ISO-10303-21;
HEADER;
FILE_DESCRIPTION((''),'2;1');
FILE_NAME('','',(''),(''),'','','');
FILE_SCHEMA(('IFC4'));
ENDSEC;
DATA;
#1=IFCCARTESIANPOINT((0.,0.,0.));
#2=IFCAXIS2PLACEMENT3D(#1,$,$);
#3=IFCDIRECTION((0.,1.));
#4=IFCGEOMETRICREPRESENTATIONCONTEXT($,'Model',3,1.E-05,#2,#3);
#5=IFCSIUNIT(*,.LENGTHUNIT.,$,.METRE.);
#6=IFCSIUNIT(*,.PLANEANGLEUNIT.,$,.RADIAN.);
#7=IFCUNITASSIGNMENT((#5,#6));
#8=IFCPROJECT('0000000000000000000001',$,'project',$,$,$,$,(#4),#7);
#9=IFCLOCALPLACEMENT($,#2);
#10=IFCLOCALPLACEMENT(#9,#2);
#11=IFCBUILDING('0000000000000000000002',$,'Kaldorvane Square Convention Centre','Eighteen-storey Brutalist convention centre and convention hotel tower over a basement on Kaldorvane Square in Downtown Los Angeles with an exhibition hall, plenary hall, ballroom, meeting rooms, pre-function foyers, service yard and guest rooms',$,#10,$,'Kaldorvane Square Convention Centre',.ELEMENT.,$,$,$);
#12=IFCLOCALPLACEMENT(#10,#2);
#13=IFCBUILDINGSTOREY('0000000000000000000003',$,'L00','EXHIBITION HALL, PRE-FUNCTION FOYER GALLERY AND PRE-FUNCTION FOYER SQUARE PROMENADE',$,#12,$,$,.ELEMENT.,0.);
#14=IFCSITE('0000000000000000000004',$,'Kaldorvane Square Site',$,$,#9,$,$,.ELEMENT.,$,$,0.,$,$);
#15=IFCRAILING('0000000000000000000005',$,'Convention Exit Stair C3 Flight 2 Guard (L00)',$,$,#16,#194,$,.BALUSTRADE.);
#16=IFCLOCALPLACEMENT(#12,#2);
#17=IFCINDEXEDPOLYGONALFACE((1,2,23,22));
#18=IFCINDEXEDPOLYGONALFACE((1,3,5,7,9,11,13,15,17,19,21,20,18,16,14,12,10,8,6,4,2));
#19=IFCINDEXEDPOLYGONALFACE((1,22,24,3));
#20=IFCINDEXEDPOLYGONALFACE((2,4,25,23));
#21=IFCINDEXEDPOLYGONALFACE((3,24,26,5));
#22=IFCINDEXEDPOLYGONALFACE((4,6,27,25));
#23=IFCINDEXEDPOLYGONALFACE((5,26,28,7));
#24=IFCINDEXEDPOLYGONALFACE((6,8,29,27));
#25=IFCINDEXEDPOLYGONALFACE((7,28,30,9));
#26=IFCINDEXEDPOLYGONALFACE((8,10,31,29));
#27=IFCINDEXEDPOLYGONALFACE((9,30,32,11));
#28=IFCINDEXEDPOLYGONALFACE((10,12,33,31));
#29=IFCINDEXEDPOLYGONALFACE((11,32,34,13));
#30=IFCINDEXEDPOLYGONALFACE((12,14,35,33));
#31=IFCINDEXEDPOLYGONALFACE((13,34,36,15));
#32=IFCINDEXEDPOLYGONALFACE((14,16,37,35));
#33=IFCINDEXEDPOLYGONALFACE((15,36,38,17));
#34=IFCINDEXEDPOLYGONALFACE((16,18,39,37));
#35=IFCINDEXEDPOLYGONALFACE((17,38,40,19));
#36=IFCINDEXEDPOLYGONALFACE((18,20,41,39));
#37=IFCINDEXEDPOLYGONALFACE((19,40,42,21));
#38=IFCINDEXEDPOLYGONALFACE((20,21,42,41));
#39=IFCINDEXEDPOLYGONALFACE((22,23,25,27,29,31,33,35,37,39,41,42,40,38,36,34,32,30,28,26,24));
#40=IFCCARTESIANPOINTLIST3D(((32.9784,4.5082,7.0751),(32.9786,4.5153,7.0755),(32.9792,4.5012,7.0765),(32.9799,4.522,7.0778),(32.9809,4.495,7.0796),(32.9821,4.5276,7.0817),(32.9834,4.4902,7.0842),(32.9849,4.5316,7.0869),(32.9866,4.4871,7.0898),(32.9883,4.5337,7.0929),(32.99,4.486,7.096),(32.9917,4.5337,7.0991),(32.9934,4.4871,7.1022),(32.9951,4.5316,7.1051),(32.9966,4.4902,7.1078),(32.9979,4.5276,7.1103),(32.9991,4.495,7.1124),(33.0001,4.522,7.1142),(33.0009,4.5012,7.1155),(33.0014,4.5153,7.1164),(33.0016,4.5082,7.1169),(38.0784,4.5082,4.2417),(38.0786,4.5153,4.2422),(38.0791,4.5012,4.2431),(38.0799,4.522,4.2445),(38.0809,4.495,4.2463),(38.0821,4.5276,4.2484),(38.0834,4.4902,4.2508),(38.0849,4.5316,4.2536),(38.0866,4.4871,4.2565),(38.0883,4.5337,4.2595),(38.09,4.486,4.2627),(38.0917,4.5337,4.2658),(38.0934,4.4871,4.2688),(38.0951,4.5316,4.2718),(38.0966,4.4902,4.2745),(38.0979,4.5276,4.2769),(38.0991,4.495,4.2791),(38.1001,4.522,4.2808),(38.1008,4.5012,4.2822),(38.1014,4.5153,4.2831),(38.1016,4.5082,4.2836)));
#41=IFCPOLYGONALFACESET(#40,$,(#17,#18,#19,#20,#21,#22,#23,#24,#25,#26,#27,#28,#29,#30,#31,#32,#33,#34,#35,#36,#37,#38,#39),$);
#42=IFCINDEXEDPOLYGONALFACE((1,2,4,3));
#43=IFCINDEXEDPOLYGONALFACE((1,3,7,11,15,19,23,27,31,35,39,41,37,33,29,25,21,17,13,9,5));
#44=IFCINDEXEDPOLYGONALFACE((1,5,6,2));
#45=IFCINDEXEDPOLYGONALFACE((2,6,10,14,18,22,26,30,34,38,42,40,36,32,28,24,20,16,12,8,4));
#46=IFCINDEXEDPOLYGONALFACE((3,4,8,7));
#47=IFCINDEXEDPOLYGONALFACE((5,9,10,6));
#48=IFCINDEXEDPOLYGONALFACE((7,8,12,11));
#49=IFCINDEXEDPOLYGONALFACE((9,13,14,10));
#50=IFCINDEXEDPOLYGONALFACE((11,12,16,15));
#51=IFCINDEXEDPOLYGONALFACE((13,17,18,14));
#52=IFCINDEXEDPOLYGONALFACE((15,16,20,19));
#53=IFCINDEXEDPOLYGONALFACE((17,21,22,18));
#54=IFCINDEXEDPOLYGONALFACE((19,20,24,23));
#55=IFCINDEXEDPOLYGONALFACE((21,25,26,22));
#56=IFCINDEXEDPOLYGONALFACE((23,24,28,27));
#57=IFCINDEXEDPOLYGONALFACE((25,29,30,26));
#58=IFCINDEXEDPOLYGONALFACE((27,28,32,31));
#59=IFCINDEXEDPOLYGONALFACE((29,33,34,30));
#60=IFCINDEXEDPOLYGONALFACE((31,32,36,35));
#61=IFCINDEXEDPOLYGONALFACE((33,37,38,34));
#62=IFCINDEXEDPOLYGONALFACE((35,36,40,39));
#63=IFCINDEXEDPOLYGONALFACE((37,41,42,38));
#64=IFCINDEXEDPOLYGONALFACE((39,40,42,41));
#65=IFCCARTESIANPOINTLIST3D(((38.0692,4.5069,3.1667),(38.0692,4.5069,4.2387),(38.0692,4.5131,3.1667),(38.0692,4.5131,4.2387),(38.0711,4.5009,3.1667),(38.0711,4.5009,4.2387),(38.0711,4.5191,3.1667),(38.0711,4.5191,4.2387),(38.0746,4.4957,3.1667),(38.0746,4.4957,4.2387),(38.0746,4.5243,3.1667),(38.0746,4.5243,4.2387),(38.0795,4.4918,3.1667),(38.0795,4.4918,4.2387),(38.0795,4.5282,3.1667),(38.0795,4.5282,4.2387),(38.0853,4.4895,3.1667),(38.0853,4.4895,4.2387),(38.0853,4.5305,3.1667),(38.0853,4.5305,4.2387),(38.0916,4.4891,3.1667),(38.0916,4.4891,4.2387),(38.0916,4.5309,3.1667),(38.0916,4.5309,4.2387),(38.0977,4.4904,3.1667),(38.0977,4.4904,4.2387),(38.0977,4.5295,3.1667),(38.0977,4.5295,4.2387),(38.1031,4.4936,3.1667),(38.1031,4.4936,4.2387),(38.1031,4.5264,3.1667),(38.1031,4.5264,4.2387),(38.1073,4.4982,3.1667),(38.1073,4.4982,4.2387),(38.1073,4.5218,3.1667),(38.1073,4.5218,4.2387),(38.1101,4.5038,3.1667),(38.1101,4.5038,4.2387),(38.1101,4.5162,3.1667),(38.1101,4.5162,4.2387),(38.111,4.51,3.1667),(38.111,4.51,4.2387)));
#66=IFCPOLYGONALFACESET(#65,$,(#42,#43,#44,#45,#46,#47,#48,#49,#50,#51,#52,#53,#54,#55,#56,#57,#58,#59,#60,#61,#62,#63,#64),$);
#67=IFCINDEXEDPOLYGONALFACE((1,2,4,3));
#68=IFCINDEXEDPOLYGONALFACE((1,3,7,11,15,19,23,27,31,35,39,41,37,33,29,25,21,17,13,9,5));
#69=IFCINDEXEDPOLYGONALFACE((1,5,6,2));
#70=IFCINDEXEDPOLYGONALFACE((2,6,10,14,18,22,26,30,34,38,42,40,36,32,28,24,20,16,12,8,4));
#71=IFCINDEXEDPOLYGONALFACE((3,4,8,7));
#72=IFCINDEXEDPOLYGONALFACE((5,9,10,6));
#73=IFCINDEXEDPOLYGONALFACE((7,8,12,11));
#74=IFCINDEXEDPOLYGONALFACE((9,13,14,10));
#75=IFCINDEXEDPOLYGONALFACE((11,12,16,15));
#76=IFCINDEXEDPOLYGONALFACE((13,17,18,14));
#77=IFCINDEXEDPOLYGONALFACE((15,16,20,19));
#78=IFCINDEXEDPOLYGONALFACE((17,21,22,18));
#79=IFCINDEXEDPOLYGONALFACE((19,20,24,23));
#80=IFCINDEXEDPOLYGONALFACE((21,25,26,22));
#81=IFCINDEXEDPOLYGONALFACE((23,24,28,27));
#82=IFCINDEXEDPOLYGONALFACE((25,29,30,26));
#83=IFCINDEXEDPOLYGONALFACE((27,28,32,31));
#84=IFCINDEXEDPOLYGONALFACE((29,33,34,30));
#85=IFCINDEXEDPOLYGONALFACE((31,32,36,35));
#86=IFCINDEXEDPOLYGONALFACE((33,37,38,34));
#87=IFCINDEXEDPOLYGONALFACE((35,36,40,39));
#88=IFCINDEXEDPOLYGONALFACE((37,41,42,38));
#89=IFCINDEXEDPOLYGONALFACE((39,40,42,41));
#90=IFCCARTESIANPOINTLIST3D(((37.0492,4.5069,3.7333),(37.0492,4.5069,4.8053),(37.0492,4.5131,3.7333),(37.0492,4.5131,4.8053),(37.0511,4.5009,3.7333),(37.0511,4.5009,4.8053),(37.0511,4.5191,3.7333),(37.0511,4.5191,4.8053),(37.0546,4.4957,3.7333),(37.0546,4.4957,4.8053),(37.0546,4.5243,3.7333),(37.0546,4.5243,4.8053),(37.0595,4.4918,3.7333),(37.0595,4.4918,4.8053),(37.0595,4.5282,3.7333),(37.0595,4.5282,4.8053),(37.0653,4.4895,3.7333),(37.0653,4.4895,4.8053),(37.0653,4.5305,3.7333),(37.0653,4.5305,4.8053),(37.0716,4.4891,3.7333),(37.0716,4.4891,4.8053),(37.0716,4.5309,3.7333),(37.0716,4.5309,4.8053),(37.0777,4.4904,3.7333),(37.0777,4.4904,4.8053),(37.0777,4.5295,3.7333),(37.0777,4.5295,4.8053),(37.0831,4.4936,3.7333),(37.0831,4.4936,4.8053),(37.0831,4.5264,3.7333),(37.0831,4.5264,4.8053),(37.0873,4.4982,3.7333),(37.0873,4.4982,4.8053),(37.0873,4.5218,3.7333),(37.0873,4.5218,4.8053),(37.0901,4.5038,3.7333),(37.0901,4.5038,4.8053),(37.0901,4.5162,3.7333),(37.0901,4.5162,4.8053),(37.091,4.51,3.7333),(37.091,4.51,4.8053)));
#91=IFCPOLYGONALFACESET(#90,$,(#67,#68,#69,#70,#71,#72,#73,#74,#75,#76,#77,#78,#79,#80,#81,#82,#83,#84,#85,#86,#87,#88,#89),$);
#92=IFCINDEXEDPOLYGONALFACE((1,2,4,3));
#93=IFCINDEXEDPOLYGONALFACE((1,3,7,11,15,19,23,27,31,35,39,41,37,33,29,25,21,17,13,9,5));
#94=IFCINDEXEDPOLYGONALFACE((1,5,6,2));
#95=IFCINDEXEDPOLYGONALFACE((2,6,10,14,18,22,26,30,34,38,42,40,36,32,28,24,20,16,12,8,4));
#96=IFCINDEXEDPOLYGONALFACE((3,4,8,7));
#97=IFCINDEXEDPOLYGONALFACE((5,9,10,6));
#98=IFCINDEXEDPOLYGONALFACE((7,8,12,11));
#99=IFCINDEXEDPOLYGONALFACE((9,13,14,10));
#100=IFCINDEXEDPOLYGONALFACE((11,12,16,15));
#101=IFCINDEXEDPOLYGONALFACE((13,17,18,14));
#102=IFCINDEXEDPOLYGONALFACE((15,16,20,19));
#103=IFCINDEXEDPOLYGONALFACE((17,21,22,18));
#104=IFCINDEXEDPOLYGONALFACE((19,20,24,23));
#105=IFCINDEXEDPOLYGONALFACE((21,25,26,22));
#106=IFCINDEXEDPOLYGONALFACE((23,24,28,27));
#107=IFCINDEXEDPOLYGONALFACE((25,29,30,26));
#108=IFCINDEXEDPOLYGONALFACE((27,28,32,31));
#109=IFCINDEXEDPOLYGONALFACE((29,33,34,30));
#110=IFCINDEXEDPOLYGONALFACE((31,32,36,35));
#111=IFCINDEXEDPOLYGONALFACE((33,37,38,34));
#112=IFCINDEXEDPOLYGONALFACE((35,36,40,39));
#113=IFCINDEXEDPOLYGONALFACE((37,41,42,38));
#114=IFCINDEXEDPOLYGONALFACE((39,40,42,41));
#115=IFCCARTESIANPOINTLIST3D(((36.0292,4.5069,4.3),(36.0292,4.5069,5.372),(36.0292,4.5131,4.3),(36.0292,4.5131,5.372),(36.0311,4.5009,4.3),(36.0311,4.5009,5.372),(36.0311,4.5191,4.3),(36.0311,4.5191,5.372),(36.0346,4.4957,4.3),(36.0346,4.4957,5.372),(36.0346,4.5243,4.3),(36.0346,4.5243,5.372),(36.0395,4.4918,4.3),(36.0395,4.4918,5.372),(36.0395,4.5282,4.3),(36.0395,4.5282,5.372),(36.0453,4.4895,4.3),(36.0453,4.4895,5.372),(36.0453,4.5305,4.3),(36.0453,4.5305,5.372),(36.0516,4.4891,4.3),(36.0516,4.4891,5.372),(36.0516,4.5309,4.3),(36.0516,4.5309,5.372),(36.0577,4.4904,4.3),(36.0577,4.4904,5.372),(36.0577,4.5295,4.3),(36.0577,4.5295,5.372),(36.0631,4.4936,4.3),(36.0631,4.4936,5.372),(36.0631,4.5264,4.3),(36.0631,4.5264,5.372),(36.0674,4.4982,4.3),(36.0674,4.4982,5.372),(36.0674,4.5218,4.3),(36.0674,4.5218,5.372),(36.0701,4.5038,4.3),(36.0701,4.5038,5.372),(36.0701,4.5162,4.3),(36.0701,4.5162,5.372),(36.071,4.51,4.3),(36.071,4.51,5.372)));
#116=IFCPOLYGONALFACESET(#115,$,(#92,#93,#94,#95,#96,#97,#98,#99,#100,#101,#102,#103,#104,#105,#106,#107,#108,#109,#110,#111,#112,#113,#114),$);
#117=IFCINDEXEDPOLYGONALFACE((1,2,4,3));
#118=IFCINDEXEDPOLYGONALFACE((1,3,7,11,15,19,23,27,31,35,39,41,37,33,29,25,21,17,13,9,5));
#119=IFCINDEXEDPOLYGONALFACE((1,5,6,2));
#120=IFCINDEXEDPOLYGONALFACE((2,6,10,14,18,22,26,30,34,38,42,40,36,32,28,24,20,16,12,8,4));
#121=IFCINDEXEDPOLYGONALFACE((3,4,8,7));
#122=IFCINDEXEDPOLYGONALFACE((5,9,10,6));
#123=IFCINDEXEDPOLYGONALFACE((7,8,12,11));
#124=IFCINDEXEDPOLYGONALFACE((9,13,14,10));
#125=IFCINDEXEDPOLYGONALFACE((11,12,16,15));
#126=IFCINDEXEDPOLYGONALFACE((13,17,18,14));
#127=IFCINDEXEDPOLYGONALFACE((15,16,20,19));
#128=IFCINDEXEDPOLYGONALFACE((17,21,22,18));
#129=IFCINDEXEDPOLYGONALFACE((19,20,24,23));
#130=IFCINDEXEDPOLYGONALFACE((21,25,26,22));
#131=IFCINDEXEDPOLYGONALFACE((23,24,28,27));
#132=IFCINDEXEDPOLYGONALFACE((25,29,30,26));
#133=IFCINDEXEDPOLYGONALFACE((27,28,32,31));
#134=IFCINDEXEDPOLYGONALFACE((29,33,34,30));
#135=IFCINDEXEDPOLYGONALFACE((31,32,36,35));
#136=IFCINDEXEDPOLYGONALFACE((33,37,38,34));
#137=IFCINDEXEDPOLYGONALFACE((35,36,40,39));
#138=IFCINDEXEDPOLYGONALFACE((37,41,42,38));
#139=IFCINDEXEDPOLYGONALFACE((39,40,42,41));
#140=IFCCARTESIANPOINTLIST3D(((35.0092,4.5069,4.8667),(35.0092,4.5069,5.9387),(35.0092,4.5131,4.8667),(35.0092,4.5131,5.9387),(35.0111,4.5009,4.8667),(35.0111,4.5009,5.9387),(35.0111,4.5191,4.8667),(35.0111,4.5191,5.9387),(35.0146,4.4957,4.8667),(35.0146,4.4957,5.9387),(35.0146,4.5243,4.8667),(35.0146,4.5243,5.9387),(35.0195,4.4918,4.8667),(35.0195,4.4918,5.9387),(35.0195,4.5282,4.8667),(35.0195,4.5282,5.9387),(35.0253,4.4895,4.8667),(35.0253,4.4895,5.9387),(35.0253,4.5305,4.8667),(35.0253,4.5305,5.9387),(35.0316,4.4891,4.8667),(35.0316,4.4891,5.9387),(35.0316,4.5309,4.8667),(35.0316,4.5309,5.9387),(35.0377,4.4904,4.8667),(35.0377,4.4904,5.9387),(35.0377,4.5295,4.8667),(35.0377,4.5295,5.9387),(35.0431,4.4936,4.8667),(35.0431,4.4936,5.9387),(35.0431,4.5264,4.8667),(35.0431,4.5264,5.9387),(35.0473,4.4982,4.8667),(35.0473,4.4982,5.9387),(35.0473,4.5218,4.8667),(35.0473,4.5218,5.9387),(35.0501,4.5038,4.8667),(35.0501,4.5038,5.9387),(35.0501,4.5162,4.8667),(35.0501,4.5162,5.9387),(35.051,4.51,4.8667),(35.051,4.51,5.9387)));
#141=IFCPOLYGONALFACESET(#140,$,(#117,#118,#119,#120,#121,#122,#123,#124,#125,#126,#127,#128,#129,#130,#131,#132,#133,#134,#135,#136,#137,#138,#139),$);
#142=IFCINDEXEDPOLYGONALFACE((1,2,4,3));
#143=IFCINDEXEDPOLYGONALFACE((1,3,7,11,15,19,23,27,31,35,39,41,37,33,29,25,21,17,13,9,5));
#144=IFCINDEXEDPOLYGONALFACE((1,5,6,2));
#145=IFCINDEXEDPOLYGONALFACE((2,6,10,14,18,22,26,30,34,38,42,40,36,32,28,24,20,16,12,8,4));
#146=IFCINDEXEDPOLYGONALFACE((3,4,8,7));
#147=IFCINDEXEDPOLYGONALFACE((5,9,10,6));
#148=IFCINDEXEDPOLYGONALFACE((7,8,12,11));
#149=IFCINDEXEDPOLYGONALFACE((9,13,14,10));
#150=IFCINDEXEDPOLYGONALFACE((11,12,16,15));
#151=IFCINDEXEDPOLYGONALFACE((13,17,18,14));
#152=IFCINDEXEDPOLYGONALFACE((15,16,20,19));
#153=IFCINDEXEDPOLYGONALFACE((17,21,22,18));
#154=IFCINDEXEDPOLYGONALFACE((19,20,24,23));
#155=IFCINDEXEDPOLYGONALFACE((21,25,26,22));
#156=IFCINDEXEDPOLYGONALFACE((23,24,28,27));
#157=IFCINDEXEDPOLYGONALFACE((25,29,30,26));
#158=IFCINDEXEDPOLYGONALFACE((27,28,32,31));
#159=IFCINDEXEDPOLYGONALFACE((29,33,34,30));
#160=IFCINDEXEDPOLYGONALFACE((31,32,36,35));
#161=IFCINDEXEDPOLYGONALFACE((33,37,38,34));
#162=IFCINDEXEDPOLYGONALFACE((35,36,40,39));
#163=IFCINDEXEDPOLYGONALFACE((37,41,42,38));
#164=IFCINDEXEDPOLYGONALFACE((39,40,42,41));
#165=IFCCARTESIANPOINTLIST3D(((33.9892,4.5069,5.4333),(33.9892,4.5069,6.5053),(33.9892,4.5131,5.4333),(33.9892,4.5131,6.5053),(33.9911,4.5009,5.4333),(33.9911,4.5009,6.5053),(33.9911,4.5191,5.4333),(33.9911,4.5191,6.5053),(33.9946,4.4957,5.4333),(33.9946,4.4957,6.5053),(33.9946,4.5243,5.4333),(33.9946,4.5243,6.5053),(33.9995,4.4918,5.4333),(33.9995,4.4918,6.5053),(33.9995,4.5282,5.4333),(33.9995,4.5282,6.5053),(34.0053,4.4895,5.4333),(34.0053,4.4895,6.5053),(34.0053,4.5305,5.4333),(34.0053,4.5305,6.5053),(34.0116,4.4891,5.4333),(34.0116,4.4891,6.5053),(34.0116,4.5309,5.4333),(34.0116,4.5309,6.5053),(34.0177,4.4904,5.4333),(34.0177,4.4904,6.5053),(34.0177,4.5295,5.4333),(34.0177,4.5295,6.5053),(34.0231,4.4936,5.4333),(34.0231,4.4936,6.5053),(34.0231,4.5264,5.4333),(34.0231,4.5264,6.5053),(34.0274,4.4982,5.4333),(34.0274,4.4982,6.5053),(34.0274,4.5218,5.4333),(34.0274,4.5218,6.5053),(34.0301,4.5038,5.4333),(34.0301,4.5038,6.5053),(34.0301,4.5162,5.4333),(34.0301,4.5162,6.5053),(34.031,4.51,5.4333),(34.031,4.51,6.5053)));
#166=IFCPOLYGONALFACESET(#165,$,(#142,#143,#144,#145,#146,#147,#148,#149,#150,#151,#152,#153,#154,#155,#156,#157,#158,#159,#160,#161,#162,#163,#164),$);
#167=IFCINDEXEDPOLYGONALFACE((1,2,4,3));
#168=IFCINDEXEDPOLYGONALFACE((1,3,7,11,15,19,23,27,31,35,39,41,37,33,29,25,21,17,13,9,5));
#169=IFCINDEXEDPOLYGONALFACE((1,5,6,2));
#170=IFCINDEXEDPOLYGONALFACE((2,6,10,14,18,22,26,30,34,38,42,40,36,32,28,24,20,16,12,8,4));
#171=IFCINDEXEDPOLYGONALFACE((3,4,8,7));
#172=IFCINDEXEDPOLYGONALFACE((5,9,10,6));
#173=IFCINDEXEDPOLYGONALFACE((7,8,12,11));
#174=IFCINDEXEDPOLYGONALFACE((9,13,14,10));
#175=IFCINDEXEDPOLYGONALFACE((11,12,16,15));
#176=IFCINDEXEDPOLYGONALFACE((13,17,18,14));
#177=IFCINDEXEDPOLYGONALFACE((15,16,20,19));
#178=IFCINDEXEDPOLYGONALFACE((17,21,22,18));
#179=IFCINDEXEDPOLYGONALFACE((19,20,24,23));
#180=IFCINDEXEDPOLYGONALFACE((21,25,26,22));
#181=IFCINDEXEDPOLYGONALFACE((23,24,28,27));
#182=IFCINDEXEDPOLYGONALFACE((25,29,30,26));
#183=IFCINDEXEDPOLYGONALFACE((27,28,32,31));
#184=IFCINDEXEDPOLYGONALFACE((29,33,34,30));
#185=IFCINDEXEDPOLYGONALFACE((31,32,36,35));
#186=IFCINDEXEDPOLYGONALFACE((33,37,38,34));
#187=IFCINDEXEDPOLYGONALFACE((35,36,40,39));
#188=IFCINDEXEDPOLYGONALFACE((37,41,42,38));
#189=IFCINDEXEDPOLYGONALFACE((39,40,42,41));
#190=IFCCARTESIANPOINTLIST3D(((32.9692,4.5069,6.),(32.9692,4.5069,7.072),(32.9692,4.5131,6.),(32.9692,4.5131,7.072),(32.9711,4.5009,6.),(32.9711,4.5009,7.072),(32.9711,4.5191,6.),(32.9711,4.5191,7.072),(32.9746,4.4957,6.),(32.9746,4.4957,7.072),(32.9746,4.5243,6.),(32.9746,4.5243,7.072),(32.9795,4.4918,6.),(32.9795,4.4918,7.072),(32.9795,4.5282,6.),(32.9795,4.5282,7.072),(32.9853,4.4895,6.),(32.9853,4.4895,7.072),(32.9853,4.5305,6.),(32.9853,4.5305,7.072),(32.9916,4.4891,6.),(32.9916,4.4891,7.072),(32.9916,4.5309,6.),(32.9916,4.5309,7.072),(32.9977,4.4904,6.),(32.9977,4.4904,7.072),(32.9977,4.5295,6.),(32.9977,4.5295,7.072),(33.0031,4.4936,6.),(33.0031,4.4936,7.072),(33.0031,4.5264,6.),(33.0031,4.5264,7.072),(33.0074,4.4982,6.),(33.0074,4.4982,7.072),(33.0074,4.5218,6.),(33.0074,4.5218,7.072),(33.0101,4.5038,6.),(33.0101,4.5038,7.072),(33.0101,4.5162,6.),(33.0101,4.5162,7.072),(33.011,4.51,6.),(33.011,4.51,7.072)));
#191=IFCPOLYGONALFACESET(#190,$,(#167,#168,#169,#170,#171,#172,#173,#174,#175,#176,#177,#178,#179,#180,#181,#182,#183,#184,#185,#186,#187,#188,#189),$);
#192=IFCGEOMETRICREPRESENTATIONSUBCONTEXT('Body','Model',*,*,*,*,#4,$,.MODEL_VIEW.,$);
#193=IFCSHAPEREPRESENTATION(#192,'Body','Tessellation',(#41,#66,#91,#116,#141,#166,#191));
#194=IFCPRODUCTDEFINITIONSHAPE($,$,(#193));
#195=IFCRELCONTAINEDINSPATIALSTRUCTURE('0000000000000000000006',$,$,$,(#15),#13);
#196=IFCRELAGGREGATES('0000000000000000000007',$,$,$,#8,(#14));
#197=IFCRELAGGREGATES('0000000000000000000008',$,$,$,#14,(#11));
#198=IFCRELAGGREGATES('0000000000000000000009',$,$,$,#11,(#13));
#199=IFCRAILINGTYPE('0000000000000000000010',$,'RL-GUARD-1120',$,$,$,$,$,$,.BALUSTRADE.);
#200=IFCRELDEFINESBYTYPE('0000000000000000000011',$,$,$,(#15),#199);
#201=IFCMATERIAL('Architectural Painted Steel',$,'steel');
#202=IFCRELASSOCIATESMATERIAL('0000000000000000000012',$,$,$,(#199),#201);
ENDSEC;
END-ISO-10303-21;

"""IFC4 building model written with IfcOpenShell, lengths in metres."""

from ifc_helpers import new_model, si_unit, direction, frame, origin, origin_2d, place, context, subcontext, project, spatial, circle, extrude, material, type_object, element, save


model = new_model("IFC4")

# Units and contexts
model_context = context("Model", 3, precision=1e-05, world=origin(), true_north=direction((0.0, 1.0)))
body_context = subcontext(model_context, "Body", "Model", "MODEL_VIEW")
ifc_project = project(units=[si_unit("LENGTHUNIT", "METRE"), si_unit("PLANEANGLEUNIT", "RADIAN")], contexts=[model_context])

# Site, building, storey
site_placement = place(None, origin())
site = spatial("IfcSite", under=ifc_project, at=site_placement, Name="Kaldorvane Square Site", CompositionType="ELEMENT", RefElevation=0.0)
building_placement = place(site_placement, origin())
building = spatial("IfcBuilding", under=site, at=building_placement, Name="Kaldorvane Square Convention Centre", Description="Eighteen-storey Brutalist convention centre and convention hotel tower over a basement on Kaldorvane Square in Downtown Los Angeles with an exhibition hall, plenary hall, ballroom, meeting rooms, pre-function foyers, service yard and guest rooms", LongName="Kaldorvane Square Convention Centre", CompositionType="ELEMENT")
storey_placement = place(building_placement, origin())
storey = spatial("IfcBuildingStorey", under=building, at=storey_placement, Name="L00", Description="EXHIBITION HALL, PRE-FUNCTION FOYER GALLERY AND PRE-FUNCTION FOYER SQUARE PROMENADE", CompositionType="ELEMENT", Elevation=0.0)

# Railing
ifc_material_1 = material(Name="Architectural Painted Steel", Category="steel")
railing_type_1 = type_object("IfcRailingType", Name="RL-GUARD-1120", PredefinedType="BALUSTRADE", material=ifc_material_1)
railing_1_placement = place(storey_placement, frame((38.09, 4.51, 3.1667)))
element("IfcRailing", 1, at=railing_1_placement, inside=storey, type_object=railing_type_1, Name="Convention Exit Stair C3 Flight 2 Guard (L00)", PredefinedType="BALUSTRADE", context=body_context, shape_type="SweptSolid", body=[
    extrude(circle(Radius=0.024, at=origin_2d()), frame((0.0, 0.0, 1.096), z_axis=(-0.874157, 0.0, 0.485643), x_axis=(0.0, -1.0, 0.0)), (0.0, 0.0, 1.0), 5.8342),
    extrude(circle(Radius=0.021, at=origin_2d()), origin(), (0.0, 0.0, 1.0), 1.072),
    extrude(circle(Radius=0.021, at=origin_2d()), frame((-1.02, 0.0, 0.5667)), (0.0, 0.0, 1.0), 1.072),
    extrude(circle(Radius=0.021, at=origin_2d()), frame((-2.04, 0.0, 1.1333)), (0.0, 0.0, 1.0), 1.072),
    extrude(circle(Radius=0.021, at=origin_2d()), frame((-3.06, 0.0, 1.7)), (0.0, 0.0, 1.0), 1.072),
    extrude(circle(Radius=0.021, at=origin_2d()), frame((-4.08, 0.0, 2.2667)), (0.0, 0.0, 1.0), 1.072),
    extrude(circle(Radius=0.021, at=origin_2d()), frame((-5.1, 0.0, 2.8333)), (0.0, 0.0, 1.0), 1.072),
])

save(model, "model.ifc")
